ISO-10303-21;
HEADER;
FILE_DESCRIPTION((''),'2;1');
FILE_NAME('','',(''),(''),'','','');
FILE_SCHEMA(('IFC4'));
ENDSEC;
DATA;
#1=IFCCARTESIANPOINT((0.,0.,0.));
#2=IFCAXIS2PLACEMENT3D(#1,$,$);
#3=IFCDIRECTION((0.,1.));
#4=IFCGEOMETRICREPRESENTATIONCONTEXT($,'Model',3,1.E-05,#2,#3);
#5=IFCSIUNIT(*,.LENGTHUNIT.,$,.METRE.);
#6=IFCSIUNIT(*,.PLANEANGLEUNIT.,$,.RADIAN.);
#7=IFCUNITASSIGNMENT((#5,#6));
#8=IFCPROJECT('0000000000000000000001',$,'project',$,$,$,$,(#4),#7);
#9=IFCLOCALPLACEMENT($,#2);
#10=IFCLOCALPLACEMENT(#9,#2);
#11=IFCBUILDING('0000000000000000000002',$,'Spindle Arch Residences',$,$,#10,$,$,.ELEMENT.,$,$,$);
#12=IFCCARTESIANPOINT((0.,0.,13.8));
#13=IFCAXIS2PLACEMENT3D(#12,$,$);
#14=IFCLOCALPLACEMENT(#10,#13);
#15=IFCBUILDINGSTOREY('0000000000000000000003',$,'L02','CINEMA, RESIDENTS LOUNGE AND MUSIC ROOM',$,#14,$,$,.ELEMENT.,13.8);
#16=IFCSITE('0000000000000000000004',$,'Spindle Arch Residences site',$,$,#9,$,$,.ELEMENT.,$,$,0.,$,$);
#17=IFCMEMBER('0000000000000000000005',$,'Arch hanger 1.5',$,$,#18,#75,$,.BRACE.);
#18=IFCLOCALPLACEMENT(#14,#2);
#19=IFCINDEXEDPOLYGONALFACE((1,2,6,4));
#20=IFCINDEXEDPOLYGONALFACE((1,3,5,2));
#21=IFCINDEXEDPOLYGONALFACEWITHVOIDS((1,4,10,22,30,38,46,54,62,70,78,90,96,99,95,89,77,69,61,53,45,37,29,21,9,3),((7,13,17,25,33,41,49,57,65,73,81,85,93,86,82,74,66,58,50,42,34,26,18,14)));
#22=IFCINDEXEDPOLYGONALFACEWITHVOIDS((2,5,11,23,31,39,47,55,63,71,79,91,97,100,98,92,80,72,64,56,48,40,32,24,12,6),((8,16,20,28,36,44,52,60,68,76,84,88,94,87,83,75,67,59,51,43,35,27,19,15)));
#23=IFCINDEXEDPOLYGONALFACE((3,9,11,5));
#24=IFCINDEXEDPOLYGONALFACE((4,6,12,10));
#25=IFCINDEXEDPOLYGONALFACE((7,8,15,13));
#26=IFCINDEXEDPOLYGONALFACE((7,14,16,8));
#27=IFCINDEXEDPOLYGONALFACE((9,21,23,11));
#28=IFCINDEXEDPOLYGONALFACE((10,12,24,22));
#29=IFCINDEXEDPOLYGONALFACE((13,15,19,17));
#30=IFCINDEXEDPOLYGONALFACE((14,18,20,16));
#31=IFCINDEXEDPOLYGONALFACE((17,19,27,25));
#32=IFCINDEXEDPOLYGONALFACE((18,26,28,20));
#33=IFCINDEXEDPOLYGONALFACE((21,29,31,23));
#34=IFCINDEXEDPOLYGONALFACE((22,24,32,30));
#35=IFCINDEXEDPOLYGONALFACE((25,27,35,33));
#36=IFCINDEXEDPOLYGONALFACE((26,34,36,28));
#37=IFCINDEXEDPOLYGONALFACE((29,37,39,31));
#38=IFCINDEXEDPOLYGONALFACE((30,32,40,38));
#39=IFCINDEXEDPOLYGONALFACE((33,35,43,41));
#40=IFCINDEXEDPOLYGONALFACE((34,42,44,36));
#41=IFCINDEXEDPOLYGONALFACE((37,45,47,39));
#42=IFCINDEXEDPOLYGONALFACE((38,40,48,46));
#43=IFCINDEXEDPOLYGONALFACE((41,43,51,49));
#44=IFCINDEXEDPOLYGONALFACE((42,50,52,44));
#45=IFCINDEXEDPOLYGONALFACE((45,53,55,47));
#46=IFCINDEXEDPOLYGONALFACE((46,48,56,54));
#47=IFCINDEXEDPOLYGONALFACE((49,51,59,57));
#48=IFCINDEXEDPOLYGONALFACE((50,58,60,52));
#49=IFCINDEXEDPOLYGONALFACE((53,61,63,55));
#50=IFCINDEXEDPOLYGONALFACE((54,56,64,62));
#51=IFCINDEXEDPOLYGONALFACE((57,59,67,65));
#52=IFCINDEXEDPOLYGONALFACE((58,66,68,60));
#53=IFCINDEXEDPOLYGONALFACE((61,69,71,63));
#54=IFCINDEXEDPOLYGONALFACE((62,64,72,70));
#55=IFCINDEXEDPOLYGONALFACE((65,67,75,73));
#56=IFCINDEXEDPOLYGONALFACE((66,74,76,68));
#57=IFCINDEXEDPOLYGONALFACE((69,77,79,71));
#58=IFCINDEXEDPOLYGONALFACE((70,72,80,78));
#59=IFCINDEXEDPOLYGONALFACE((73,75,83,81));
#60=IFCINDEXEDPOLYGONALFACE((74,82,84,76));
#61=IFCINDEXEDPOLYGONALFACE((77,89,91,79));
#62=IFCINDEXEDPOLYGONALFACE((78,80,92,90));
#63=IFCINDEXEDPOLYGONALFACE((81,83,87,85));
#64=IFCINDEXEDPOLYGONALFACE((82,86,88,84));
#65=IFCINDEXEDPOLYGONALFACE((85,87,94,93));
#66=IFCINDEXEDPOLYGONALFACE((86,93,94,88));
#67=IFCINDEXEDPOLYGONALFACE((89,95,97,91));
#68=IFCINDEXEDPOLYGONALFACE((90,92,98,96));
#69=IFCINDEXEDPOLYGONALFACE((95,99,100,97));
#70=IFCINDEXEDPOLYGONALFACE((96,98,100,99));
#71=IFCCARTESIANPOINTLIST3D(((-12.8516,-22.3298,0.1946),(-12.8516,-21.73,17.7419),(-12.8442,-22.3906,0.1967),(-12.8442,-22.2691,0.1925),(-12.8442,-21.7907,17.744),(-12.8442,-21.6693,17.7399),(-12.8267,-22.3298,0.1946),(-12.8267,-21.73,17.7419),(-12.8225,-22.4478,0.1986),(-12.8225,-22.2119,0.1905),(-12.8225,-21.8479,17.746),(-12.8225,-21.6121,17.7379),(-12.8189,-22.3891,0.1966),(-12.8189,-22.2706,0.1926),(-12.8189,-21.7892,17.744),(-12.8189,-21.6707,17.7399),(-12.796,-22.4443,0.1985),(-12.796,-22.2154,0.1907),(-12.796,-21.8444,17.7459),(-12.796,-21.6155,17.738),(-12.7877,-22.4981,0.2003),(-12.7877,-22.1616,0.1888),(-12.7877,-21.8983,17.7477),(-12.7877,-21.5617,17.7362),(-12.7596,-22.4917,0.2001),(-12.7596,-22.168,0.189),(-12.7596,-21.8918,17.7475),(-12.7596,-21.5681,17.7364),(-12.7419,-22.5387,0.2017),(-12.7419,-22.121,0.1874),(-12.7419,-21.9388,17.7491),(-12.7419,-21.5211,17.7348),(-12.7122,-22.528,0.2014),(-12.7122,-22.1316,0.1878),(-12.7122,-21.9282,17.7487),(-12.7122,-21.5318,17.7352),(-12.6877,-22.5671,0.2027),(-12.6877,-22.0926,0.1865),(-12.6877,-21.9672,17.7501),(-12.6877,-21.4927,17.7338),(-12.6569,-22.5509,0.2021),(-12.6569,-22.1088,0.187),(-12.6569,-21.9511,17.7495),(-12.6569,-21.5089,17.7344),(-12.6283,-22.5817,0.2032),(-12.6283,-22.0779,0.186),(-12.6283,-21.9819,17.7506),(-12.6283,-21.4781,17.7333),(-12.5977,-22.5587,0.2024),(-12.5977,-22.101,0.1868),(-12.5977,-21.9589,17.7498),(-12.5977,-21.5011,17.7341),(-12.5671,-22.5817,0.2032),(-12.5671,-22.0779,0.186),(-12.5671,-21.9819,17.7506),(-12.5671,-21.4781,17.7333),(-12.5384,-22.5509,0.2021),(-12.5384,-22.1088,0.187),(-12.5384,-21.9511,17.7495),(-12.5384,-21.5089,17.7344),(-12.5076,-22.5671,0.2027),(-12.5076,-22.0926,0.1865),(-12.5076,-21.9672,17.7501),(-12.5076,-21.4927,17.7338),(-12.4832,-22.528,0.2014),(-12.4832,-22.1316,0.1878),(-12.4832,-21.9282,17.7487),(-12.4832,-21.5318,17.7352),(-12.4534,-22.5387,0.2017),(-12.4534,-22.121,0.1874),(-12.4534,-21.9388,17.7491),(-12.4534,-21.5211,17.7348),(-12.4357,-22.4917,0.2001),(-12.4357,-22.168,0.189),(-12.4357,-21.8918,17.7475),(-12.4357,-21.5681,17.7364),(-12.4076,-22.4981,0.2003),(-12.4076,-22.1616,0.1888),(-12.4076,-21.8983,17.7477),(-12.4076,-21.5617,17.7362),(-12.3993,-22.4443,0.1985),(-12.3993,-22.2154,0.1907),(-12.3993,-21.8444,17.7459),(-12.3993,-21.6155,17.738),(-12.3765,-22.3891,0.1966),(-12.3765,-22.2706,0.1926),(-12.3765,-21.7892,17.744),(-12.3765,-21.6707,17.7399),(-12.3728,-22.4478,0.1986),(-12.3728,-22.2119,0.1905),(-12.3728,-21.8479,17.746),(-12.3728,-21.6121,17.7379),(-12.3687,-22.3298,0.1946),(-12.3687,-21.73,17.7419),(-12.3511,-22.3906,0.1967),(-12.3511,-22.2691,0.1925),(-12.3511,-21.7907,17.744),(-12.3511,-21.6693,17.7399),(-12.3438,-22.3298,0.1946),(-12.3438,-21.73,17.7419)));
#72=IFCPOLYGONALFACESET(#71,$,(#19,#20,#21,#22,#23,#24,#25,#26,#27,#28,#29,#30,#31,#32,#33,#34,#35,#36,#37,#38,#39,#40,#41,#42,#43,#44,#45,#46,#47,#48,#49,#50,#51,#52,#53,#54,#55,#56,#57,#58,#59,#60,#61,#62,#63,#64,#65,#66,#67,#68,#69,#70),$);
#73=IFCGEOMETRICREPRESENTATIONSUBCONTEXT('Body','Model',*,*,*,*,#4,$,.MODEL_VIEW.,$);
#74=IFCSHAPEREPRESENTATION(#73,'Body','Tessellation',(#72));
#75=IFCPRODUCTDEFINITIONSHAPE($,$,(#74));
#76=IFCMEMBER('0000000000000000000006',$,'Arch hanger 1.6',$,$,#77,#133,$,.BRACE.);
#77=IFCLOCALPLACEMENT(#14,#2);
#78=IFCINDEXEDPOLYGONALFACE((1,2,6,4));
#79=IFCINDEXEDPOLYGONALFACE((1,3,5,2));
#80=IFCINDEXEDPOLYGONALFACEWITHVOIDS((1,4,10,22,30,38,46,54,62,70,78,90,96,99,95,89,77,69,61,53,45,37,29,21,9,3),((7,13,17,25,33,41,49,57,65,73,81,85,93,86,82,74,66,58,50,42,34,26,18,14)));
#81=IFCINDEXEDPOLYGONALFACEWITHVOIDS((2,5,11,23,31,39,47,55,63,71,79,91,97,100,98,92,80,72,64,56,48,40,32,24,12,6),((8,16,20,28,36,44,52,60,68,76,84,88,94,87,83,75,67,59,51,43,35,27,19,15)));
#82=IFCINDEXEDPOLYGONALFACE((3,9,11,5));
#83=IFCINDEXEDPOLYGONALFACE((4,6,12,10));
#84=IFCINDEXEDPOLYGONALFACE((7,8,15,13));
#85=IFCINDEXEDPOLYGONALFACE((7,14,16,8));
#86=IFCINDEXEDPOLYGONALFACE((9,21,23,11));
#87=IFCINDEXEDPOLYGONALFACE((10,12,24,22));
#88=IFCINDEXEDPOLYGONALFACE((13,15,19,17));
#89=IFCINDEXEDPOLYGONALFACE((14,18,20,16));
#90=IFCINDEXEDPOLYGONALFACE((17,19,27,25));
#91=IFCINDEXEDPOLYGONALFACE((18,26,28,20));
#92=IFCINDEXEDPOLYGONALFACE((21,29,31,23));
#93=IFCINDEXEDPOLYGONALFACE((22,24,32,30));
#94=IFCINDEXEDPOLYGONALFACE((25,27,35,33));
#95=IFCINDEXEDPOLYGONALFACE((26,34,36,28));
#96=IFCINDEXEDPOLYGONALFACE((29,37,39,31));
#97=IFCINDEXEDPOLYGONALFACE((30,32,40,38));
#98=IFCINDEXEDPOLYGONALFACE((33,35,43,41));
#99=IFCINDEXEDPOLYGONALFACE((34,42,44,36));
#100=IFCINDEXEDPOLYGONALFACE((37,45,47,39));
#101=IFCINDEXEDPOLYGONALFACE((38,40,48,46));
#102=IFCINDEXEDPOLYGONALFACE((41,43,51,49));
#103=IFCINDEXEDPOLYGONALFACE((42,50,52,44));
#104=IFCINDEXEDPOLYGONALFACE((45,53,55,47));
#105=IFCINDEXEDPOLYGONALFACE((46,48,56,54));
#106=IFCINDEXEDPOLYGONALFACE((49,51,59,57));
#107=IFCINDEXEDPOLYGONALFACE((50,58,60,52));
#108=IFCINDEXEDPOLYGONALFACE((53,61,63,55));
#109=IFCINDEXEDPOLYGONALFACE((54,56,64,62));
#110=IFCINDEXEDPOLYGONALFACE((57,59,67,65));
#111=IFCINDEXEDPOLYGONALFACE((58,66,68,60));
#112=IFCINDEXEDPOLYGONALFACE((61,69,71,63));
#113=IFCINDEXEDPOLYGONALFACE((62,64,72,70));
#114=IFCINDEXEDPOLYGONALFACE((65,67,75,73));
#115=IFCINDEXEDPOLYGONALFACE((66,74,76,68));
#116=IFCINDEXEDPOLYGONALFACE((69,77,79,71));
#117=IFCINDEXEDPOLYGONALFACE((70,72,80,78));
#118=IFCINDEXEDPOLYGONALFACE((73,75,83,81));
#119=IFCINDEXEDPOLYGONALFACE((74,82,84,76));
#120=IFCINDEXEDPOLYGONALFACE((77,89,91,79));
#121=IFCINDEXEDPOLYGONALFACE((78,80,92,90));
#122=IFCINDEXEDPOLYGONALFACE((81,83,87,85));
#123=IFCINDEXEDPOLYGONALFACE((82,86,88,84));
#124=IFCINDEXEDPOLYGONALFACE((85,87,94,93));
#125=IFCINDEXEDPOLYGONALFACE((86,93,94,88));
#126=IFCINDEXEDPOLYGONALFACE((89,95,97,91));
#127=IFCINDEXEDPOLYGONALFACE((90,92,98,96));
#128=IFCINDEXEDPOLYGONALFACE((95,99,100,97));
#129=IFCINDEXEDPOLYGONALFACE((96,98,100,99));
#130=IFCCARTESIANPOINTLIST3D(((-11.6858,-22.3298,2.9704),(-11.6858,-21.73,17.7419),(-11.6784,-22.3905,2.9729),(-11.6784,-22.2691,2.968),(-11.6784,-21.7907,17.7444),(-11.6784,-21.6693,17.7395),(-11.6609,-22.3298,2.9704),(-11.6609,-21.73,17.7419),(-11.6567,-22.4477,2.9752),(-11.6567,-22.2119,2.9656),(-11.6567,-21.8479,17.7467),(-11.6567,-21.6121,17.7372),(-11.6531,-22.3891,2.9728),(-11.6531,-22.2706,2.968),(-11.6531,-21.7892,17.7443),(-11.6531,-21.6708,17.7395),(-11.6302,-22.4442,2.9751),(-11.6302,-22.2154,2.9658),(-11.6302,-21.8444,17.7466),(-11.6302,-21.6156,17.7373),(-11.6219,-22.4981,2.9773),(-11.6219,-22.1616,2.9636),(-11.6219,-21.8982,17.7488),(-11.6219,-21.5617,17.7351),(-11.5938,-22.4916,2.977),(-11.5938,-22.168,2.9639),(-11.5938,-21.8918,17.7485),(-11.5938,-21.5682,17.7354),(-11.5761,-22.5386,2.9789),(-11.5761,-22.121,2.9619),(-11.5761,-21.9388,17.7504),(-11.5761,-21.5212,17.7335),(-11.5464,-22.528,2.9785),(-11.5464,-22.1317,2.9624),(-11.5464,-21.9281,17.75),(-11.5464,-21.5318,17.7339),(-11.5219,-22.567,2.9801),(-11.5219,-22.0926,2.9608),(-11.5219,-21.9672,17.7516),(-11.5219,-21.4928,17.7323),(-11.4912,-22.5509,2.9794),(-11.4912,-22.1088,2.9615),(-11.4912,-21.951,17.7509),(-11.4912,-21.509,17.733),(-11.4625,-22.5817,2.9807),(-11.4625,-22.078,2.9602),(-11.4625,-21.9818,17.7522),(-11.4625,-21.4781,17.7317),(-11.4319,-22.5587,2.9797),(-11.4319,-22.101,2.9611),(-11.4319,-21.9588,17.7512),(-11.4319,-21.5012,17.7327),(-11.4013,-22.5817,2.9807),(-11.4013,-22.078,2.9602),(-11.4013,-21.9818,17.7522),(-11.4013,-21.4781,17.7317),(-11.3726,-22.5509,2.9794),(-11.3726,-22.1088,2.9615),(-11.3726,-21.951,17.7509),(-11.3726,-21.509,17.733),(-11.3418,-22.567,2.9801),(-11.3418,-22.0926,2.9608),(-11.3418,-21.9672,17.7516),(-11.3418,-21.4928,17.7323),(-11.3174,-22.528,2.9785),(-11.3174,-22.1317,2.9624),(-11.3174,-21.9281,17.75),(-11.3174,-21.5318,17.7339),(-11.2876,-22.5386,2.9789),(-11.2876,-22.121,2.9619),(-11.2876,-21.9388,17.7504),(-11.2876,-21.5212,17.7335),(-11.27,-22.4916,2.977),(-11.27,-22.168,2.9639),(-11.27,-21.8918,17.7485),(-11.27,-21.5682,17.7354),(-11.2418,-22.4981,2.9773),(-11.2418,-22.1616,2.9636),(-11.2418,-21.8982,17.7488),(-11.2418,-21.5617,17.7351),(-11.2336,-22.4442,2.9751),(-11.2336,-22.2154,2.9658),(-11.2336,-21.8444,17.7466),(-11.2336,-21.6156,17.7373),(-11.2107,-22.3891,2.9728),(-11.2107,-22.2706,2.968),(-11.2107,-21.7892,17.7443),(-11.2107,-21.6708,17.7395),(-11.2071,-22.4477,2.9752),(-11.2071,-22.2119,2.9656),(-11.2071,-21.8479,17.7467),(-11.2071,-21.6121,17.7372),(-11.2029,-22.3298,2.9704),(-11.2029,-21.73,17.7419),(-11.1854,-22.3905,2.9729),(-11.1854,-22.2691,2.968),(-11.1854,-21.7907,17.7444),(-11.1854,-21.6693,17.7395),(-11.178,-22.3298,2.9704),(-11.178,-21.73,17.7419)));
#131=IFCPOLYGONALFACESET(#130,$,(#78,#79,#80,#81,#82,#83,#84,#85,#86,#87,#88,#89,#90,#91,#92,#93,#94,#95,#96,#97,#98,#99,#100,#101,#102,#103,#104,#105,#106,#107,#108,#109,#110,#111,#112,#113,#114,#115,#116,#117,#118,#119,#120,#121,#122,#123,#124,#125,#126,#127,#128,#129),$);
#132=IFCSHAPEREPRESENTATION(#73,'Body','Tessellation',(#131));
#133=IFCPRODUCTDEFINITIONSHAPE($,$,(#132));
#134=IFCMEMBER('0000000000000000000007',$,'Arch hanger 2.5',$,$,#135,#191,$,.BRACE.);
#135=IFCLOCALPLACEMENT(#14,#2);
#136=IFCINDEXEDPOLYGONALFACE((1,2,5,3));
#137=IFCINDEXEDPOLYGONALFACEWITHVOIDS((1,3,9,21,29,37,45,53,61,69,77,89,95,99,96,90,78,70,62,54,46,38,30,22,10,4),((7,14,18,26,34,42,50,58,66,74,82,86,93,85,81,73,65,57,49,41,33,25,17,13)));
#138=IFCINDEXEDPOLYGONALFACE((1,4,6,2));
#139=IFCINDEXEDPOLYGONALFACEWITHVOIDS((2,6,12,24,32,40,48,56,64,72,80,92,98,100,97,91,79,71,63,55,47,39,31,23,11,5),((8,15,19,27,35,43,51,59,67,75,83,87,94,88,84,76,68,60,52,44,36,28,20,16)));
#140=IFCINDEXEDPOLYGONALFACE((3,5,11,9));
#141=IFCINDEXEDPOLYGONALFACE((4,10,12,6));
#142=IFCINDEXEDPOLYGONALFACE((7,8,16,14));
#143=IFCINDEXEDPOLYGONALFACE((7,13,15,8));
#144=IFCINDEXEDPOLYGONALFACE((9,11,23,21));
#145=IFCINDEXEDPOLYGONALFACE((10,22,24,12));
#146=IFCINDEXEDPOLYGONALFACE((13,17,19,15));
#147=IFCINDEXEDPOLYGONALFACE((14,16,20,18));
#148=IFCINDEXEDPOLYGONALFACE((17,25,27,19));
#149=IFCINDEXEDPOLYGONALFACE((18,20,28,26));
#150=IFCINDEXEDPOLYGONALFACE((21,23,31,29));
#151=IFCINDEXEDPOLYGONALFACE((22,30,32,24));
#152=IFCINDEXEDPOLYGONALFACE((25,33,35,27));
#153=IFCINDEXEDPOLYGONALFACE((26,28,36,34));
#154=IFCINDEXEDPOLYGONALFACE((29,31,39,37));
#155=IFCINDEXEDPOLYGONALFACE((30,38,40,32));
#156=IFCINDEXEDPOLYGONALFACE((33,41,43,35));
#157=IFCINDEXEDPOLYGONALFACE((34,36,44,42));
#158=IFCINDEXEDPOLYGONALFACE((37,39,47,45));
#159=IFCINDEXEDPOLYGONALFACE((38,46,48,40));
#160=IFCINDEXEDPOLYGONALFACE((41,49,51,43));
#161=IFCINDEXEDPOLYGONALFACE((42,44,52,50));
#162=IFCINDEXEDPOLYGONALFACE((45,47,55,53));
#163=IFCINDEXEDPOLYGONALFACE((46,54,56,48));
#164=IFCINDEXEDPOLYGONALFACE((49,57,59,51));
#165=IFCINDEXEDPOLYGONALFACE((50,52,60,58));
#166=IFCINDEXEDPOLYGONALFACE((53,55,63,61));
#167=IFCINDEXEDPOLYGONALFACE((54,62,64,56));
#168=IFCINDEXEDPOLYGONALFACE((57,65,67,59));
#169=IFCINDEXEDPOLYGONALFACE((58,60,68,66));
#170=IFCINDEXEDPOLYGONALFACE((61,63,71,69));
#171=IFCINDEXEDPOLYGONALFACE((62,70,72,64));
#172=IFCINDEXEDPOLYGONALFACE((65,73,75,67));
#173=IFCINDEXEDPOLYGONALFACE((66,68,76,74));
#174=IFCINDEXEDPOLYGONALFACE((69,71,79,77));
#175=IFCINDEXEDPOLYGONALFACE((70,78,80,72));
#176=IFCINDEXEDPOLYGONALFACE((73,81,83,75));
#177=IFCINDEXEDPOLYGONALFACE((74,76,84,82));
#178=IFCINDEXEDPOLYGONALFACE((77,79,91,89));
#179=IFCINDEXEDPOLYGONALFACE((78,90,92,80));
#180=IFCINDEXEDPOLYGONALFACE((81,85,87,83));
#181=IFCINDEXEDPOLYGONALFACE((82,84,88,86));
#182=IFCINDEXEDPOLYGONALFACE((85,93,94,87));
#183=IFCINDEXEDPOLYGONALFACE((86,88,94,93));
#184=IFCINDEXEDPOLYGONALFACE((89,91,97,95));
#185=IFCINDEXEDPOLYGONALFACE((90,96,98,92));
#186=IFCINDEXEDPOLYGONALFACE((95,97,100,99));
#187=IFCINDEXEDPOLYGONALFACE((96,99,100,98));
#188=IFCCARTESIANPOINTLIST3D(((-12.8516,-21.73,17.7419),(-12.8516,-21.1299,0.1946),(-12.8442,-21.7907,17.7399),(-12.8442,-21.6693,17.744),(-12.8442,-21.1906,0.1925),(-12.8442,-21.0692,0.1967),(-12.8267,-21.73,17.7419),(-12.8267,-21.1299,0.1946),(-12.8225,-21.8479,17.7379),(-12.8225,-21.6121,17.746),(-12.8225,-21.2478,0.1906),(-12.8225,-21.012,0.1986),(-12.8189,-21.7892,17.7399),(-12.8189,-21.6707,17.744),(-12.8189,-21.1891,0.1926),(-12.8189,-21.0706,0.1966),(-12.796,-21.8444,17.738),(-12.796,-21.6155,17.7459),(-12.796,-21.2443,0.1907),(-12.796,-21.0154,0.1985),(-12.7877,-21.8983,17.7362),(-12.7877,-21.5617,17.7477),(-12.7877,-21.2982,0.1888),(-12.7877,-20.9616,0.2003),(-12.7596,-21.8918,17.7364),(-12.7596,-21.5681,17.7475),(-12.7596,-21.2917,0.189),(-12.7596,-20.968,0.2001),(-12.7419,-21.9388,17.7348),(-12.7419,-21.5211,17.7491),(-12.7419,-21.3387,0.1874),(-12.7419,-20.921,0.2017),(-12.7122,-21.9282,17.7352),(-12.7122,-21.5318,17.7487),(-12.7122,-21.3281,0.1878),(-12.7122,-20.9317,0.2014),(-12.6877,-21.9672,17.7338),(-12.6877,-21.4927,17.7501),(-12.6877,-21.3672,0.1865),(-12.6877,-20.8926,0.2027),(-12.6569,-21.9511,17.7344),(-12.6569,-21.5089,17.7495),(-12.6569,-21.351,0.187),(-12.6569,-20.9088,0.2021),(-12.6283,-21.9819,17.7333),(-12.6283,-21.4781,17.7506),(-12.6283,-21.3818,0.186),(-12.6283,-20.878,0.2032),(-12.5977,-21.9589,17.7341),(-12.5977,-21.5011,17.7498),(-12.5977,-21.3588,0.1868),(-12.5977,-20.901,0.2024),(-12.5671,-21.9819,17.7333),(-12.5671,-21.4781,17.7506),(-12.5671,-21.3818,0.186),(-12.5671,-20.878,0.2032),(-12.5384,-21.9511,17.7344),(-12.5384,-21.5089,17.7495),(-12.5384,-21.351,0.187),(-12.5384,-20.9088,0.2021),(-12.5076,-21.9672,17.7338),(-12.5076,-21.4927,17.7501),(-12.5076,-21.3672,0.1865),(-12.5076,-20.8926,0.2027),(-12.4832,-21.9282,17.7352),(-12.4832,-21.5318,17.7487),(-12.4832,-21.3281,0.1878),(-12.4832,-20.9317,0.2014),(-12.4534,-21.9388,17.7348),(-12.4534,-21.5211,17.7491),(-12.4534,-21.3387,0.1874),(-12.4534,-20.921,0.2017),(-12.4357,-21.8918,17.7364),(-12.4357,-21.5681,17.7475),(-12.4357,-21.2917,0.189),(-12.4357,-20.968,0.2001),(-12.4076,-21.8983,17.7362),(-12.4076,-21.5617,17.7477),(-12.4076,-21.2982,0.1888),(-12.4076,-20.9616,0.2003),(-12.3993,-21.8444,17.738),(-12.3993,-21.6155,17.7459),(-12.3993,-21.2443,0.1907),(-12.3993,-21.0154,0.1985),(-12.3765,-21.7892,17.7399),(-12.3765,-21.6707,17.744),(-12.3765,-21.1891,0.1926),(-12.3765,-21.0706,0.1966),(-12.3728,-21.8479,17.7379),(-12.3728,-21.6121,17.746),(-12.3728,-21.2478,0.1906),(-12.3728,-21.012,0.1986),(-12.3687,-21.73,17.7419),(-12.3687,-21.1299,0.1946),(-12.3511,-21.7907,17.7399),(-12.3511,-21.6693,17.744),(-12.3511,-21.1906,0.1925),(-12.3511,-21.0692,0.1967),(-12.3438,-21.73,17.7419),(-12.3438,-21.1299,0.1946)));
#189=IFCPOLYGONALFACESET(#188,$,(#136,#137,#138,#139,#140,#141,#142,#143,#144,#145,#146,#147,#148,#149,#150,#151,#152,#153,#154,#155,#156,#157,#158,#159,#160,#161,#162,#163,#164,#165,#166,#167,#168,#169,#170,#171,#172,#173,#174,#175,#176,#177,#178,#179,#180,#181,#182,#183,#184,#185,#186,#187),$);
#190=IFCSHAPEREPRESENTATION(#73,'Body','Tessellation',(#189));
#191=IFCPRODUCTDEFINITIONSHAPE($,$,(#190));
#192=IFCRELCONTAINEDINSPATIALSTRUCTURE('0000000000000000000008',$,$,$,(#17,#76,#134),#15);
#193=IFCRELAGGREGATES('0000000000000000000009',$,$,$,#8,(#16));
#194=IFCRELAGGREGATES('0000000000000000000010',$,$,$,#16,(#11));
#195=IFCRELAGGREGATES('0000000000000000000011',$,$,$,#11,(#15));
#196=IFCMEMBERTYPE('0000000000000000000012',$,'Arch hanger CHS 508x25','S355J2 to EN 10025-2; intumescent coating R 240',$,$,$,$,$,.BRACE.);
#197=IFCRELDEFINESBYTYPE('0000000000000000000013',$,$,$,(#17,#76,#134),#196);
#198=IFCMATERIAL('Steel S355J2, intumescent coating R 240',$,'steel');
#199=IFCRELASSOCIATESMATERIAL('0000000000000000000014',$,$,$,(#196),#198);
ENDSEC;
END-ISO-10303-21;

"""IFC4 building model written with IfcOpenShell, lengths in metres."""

from ifc_helpers import new_model, si_unit, direction, frame, origin, origin_2d, place, context, subcontext, project, spatial, hollow_circle, extrude, material, material_profile, profile_set, type_object, element, save


model = new_model("IFC4")

# Units and contexts
model_context = context("Model", 3, precision=1e-05, world=origin(), true_north=direction((0.0, 1.0)))
body_context = subcontext(model_context, "Body", "Model", "MODEL_VIEW")
ifc_project = project(units=[si_unit("LENGTHUNIT", "METRE"), si_unit("PLANEANGLEUNIT", "RADIAN")], contexts=[model_context])

# Site, building, storey
site_placement = place(None, origin())
site = spatial("IfcSite", under=ifc_project, at=site_placement, Name="Spindle Arch Residences site", CompositionType="ELEMENT", RefElevation=0.0)
building_placement = place(site_placement, origin())
building = spatial("IfcBuilding", under=site, at=building_placement, Name="Spindle Arch Residences", CompositionType="ELEMENT")
storey_placement = place(building_placement, frame((0.0, 0.0, 13.8)))
storey = spatial("IfcBuildingStorey", under=building, at=storey_placement, Name="L02", Description="CINEMA, RESIDENTS LOUNGE AND MUSIC ROOM", CompositionType="ELEMENT", Elevation=13.8)

# Members
ifc_material_1 = material(Name="Steel S355J2, intumescent coating R 240", Category="steel")
ifc_material_profile_1 = material_profile(ifc_material_1, hollow_circle(Radius=0.2539, WallThickness=0.0249, at=origin_2d()), Name="CHS 508x25")
ifc_profile_set_1 = profile_set([ifc_material_profile_1], Name="Steel S355J2, intumescent coating R 240")
member_type_1 = type_object("IfcMemberType", Name="Arch hanger CHS 508x25", Description="S355J2 to EN 10025-2; intumescent coating R 240", PredefinedType="BRACE", material=ifc_profile_set_1)
member_1_placement = place(storey_placement, frame((-12.5977, -21.73, 17.7419), z_axis=(0.0, -0.034165, -0.999416), x_axis=(1.0, 0.0, 0.0)))
element("IfcMember", 1, at=member_1_placement, inside=storey, type_object=member_type_1, Name="Arch hanger 1.5", PredefinedType="BRACE", context=body_context, shape_type="SweptSolid", body=[
    extrude(hollow_circle(Radius=0.2539, WallThickness=0.0249, at=origin_2d()), origin(), (0.0, 0.0, 1.0), 17.5576),
])
member_2_placement = place(storey_placement, frame((-11.4319, -21.73, 17.7419), z_axis=(0.0, -0.040575, -0.999176), x_axis=(1.0, 0.0, 0.0)))
element("IfcMember", 2, at=member_2_placement, inside=storey, type_object=member_type_1, Name="Arch hanger 1.6", PredefinedType="BRACE", context=body_context, shape_type="SweptSolid", body=[
    extrude(hollow_circle(Radius=0.2539, WallThickness=0.0249, at=origin_2d()), origin(), (0.0, 0.0, 1.0), 14.7837),
])
member_3_placement = place(storey_placement, frame((-12.5977, -21.73, 17.7419), z_axis=(0.0, 0.034179, -0.999416), x_axis=(-1.0, 0.0, 0.0)))
element("IfcMember", 3, at=member_3_placement, inside=storey, type_object=member_type_1, Name="Arch hanger 2.5", PredefinedType="BRACE", context=body_context, shape_type="SweptSolid", body=[
    extrude(hollow_circle(Radius=0.2539, WallThickness=0.0249, at=origin_2d()), origin(), (0.0, 0.0, 1.0), 17.5576),
])

save(model, "model.ifc")
